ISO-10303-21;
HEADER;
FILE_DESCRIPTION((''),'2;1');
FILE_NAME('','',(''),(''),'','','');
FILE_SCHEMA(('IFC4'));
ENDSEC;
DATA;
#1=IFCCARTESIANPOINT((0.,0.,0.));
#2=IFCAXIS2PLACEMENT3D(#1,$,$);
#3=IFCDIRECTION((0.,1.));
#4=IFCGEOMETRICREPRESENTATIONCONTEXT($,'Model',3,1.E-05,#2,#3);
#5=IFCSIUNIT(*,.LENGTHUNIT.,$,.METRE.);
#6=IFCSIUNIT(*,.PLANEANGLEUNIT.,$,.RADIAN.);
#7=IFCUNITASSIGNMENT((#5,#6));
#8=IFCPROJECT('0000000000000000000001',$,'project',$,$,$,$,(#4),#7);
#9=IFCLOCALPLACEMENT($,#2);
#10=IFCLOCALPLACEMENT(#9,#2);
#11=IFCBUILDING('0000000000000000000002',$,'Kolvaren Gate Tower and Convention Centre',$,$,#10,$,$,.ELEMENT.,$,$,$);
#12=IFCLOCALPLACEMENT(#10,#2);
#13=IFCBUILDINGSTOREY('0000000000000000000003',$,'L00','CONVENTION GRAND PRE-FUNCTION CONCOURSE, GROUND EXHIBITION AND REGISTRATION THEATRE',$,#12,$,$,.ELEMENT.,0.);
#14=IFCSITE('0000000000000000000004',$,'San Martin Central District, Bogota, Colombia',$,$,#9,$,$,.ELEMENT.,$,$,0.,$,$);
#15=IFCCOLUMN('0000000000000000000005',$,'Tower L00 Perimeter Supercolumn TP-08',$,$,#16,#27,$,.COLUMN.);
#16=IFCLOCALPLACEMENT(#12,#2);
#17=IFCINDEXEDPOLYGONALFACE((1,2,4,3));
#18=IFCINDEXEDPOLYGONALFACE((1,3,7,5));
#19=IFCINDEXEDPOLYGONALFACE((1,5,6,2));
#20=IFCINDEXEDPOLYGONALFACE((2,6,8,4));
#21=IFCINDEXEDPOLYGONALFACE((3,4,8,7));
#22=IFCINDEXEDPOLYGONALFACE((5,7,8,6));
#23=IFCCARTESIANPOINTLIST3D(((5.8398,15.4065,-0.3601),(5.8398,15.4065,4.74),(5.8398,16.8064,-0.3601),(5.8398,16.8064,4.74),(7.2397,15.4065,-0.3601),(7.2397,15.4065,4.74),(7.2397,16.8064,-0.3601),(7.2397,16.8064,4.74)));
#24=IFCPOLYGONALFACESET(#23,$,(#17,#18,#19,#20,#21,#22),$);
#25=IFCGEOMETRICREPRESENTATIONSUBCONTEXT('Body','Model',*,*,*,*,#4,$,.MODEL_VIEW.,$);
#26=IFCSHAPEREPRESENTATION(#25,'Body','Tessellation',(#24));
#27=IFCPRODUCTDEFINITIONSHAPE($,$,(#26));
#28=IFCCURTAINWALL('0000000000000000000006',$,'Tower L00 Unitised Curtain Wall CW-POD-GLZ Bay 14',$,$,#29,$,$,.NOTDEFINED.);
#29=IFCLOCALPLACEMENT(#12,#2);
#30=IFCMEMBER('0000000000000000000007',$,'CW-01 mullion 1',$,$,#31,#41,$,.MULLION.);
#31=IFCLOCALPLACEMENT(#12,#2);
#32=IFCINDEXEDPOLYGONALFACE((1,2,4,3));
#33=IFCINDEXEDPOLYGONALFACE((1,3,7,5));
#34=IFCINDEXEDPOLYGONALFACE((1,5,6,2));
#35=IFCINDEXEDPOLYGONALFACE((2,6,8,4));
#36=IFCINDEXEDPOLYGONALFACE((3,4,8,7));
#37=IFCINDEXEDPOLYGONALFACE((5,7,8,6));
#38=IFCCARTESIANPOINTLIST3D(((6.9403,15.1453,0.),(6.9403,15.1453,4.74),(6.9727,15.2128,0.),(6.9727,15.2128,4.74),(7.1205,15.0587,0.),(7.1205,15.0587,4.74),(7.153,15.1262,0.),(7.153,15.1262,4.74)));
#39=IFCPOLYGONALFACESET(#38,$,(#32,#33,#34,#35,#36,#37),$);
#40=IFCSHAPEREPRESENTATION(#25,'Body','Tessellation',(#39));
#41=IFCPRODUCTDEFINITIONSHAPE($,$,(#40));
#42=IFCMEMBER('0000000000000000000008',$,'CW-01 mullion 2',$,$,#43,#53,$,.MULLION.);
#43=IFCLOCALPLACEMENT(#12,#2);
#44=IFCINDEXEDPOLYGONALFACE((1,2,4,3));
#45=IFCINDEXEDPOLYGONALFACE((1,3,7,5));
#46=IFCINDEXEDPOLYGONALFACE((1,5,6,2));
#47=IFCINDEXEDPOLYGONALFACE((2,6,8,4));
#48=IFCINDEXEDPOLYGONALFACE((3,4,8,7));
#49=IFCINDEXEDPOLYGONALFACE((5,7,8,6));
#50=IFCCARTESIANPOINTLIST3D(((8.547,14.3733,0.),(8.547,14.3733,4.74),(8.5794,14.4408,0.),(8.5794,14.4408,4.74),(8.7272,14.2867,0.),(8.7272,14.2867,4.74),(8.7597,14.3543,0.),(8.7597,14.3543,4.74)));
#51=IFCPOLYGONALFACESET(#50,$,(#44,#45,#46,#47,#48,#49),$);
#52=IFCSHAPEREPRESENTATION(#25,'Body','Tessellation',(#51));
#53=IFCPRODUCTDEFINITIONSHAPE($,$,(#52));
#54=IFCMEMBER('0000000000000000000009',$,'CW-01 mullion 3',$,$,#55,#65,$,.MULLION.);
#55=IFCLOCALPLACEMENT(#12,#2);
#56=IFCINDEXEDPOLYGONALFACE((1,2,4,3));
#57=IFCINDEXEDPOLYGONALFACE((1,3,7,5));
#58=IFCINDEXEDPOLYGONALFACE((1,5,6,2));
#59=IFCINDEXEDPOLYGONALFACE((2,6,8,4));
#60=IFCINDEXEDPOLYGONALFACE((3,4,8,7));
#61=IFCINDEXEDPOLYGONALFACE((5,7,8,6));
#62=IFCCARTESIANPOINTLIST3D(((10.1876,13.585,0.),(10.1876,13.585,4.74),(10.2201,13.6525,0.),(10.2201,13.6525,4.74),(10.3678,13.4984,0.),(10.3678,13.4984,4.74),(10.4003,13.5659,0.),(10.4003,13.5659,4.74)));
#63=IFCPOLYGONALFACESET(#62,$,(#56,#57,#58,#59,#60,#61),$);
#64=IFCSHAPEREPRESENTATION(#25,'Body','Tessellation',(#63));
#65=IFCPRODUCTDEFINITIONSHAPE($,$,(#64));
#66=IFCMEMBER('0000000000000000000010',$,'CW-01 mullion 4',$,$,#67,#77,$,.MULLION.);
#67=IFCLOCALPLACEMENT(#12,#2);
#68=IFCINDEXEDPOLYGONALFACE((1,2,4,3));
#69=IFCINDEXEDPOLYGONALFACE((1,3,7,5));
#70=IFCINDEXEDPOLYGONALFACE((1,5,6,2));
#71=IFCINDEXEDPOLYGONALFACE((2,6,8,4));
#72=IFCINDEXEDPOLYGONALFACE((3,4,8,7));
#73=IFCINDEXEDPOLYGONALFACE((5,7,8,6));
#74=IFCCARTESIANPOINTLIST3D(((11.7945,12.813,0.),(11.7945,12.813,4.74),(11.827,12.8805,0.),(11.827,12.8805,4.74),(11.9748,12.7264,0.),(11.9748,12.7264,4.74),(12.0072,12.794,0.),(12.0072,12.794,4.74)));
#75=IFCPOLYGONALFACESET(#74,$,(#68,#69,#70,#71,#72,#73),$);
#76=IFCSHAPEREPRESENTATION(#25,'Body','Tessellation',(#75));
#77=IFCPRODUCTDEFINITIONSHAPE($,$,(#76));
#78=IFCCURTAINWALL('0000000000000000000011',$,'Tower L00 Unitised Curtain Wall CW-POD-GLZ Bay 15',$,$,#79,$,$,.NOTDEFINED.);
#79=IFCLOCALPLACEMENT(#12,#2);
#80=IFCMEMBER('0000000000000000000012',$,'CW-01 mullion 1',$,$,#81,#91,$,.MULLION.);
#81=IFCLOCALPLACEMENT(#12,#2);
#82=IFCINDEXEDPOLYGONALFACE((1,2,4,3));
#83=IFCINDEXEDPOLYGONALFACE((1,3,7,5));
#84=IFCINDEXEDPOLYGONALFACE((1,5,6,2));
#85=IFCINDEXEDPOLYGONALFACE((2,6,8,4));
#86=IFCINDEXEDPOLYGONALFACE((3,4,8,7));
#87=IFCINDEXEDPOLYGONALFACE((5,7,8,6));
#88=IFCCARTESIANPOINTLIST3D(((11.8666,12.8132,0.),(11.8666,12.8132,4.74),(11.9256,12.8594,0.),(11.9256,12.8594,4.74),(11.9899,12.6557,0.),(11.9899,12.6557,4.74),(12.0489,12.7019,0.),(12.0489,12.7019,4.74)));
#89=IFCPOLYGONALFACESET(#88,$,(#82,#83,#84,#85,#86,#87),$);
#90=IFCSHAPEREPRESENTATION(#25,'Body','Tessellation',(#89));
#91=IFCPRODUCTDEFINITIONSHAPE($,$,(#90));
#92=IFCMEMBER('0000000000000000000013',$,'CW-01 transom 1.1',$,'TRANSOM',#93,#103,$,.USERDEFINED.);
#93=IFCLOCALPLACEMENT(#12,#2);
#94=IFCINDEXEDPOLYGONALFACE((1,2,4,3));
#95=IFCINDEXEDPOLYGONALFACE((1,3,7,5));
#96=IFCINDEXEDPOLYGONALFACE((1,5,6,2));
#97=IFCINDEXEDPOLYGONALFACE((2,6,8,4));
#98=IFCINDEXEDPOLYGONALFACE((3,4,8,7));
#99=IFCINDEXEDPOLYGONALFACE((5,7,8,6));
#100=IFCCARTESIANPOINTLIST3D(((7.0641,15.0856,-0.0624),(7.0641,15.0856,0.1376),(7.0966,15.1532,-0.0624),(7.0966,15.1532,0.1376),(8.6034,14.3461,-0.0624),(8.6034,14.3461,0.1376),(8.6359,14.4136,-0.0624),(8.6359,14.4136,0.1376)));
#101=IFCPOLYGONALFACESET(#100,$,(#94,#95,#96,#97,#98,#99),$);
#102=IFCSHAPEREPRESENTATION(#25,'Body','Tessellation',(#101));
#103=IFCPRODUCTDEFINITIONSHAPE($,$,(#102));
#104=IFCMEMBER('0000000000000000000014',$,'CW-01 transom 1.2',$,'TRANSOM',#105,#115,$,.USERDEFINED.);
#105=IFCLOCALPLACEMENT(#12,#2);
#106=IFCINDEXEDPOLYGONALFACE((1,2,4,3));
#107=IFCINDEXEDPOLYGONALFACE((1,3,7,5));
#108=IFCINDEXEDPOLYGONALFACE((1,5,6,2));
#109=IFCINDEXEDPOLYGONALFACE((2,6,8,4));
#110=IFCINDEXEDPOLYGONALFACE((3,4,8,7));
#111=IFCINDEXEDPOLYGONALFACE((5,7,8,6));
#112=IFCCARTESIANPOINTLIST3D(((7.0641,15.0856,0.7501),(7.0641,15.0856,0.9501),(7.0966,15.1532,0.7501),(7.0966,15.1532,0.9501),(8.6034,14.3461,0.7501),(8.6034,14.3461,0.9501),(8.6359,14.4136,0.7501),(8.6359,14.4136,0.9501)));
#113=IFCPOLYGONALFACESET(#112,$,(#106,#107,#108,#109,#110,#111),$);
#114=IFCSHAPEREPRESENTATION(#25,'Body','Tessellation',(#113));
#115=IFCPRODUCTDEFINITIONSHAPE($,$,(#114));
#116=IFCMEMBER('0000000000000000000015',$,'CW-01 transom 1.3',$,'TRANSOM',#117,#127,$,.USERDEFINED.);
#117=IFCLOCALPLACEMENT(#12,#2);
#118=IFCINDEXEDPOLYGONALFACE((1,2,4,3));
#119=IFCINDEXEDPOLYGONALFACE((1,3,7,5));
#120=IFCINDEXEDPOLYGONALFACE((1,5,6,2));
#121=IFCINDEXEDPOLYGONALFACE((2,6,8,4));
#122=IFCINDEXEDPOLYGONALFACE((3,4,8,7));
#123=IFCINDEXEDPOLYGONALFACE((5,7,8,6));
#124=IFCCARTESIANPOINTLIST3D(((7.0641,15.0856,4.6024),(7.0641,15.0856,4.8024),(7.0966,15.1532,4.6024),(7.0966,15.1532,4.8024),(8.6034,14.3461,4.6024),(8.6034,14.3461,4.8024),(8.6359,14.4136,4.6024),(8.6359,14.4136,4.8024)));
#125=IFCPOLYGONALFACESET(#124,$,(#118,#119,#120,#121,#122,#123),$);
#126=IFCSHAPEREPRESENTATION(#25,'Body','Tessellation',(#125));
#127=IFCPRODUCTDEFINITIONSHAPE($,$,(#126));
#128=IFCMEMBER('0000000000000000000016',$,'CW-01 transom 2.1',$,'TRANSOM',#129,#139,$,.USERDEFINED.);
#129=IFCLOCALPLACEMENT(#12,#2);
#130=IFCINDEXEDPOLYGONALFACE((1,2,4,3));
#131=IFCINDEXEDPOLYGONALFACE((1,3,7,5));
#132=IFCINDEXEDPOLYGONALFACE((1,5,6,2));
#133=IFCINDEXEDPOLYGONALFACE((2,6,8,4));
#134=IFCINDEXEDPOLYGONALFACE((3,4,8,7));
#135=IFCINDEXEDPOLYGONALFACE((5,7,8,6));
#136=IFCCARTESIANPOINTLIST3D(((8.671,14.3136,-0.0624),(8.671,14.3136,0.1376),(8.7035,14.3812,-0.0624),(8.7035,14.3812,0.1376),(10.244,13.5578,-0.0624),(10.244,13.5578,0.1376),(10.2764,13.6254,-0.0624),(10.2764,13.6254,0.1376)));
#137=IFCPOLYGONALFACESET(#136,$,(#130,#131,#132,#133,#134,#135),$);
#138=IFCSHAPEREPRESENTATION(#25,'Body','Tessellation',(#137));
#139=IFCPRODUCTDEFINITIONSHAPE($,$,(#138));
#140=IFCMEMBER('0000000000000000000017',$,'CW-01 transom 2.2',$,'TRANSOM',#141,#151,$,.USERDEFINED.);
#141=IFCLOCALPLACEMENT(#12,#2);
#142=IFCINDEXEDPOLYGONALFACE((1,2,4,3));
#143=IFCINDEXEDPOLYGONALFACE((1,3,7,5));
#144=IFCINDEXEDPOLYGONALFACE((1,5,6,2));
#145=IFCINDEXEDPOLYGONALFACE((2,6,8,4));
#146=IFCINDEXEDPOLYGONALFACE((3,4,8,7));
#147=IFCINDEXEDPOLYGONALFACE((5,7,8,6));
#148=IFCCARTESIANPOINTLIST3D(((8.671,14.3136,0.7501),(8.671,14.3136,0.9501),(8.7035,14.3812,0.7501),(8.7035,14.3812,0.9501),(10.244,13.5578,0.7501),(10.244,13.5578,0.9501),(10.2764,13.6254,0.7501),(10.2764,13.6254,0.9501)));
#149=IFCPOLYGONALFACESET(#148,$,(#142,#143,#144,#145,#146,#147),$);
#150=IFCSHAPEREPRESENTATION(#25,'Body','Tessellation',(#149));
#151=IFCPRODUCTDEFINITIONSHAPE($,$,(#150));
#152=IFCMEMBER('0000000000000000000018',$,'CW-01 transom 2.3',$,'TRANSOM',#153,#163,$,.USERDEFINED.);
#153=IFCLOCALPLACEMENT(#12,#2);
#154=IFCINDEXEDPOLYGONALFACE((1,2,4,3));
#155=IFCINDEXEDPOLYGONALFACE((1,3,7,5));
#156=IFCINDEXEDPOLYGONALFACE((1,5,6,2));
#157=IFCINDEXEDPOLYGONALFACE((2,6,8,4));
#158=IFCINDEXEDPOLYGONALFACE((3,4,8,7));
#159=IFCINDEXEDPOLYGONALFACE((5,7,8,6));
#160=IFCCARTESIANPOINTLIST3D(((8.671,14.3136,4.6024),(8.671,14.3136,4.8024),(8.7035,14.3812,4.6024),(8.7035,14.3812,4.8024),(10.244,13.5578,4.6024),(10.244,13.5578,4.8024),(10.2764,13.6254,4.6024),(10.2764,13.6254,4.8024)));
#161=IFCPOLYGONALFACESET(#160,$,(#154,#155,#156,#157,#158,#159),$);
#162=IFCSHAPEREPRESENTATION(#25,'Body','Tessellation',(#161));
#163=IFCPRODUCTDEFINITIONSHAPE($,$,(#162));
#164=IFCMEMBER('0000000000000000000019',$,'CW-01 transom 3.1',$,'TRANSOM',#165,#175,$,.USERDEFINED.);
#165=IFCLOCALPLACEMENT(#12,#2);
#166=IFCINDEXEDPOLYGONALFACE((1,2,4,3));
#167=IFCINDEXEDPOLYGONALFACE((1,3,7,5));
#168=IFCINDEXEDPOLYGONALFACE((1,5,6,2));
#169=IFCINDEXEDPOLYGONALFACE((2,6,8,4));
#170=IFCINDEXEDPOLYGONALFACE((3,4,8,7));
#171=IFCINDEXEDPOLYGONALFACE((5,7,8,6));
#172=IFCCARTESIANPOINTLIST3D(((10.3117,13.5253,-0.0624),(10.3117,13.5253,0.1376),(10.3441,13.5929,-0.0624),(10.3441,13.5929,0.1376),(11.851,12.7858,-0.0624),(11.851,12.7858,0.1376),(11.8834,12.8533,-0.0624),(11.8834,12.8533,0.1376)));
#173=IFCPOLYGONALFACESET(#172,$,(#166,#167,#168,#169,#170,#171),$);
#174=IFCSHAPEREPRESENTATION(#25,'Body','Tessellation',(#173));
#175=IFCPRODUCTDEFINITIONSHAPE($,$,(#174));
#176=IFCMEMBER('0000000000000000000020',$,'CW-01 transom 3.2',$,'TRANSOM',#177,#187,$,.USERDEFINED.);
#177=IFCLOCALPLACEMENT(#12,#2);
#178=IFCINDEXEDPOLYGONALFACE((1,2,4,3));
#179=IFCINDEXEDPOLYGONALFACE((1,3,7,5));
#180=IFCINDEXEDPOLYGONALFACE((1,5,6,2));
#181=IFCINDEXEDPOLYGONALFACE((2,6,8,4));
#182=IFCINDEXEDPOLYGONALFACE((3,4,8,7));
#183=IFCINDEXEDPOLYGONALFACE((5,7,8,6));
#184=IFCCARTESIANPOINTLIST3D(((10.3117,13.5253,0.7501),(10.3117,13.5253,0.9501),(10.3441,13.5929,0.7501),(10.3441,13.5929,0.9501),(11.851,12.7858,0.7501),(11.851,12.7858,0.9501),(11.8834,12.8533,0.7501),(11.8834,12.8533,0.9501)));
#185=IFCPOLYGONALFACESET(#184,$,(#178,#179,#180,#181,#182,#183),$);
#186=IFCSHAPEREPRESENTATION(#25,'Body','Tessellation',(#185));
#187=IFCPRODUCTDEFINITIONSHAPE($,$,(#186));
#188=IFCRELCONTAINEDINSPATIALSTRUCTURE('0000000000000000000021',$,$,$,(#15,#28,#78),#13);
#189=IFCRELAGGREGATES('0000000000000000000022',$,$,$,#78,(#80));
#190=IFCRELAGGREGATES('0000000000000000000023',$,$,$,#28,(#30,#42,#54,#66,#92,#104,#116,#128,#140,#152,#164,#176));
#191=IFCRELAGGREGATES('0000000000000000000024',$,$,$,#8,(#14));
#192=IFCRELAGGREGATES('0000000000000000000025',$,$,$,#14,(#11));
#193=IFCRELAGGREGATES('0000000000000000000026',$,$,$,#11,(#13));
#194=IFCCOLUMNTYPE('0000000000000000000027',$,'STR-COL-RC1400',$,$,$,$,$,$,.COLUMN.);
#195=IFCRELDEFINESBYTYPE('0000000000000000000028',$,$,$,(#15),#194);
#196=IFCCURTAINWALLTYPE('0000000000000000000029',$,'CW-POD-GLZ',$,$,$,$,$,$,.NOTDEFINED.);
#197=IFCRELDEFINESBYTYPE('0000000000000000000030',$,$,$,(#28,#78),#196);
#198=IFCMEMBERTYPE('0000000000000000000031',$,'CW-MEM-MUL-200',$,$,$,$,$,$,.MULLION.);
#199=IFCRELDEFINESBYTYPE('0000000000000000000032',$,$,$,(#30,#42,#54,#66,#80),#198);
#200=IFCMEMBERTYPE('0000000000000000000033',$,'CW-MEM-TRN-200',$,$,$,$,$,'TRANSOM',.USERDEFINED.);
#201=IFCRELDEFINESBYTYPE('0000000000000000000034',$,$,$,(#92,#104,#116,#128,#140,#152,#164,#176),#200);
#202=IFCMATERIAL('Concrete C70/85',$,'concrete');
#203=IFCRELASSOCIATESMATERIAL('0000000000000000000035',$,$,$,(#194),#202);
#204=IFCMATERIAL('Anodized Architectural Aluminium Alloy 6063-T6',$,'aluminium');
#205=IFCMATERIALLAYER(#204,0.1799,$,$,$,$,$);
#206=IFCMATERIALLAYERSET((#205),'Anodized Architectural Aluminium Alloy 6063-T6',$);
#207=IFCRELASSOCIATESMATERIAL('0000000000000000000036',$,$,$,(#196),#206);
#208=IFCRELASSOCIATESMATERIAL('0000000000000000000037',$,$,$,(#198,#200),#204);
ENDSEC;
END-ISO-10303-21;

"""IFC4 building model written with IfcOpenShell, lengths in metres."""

from ifc_helpers import new_model, si_unit, direction, frame, origin, origin_2d, place, context, subcontext, project, spatial, rectangle, extrude, material, layer, layer_set, material_profile, profile_set, type_object, element, aggregate, save


model = new_model("IFC4")

# Units and contexts
model_context = context("Model", 3, precision=1e-05, world=origin(), true_north=direction((0.0, 1.0)))
body_context = subcontext(model_context, "Body", "Model", "MODEL_VIEW")
ifc_project = project(units=[si_unit("LENGTHUNIT", "METRE"), si_unit("PLANEANGLEUNIT", "RADIAN")], contexts=[model_context])

# Site, building, storey
site_placement = place(None, origin())
site = spatial("IfcSite", under=ifc_project, at=site_placement, Name="San Martin Central District, Bogota, Colombia", CompositionType="ELEMENT", RefElevation=0.0)
building_placement = place(site_placement, origin())
building = spatial("IfcBuilding", under=site, at=building_placement, Name="Kolvaren Gate Tower and Convention Centre", CompositionType="ELEMENT")
storey_placement = place(building_placement, origin())
storey = spatial("IfcBuildingStorey", under=building, at=storey_placement, Name="L00", Description="CONVENTION GRAND PRE-FUNCTION CONCOURSE, GROUND EXHIBITION AND REGISTRATION THEATRE", CompositionType="ELEMENT", Elevation=0.0)

# Column
ifc_material_1 = material(Name="Concrete C70/85", Category="concrete")
ifc_material_profile_1 = material_profile(ifc_material_1, rectangle(XDim=1.3999, YDim=1.3999, at=origin_2d()), Name="RC-COL-1400X1400")
ifc_profile_set_1 = profile_set([ifc_material_profile_1], Name="Concrete C70/85")
column_type = type_object("IfcColumnType", Name="STR-COL-RC1400", PredefinedType="COLUMN", material=ifc_profile_set_1)
column_placement = place(storey_placement, frame((6.5398, 16.1064, -0.3601), z_axis=(0.0, 0.0, 1.0), x_axis=(1.0, 0.0, 0.0)))
element("IfcColumn", 1, at=column_placement, inside=storey, type_object=column_type, Name="Tower L00 Perimeter Supercolumn TP-08", PredefinedType="COLUMN", context=body_context, shape_type="SweptSolid", body=[
    extrude(rectangle(XDim=1.3999, YDim=1.3999, at=origin_2d()), origin(), (0.0, 0.0, 1.0), 5.1001),
])

# Curtain wall, members
ifc_material_2 = material(Name="Anodized Architectural Aluminium Alloy 6063-T6", Category="aluminium")
ifc_layer_1 = layer(ifc_material_2, 0.1799)
ifc_layer_set_1 = layer_set([ifc_layer_1], Name="Anodized Architectural Aluminium Alloy 6063-T6")
curtain_wall_type = type_object("IfcCurtainWallType", Name="CW-POD-GLZ", PredefinedType="NOTDEFINED", material=ifc_layer_set_1)
curtain_wall_1_placement = place(storey_placement, origin())
curtain_wall_1 = element("IfcCurtainWall", 2, at=curtain_wall_1_placement, inside=storey, type_object=curtain_wall_type, Name="Tower L00 Unitised Curtain Wall CW-POD-GLZ Bay 14", PredefinedType="NOTDEFINED")
ifc_material_profile_2 = material_profile(ifc_material_2, rectangle(XDim=0.075, YDim=0.2, at=origin_2d()), Name="CW-MEM-MUL-200")
ifc_profile_set_2 = profile_set([ifc_material_profile_2], Name="Anodized Architectural Aluminium Alloy 6063-T6")
member_type_1 = type_object("IfcMemberType", Name="CW-MEM-MUL-200", PredefinedType="MULLION", material=ifc_profile_set_2)
member_1_placement = place(storey_placement, frame((7.0466, 15.1357, 0.0), z_axis=(0.0, 0.0, 1.0), x_axis=(0.433057, 0.901367, 0.0)))
member_1 = element("IfcMember", 3, at=member_1_placement, type_object=member_type_1, Name="CW-01 mullion 1", PredefinedType="MULLION", context=body_context, shape_type="SweptSolid", body=[
    extrude(rectangle(XDim=0.075, YDim=0.2, at=origin_2d()), origin(), (0.0, 0.0, 1.0), 4.74),
])
member_2_placement = place(storey_placement, frame((8.6533, 14.3638, 0.0), z_axis=(0.0, 0.0, 1.0), x_axis=(0.433057, 0.901367, 0.0)))
member_2 = element("IfcMember", 4, at=member_2_placement, type_object=member_type_1, Name="CW-01 mullion 2", PredefinedType="MULLION", context=body_context, shape_type="SweptSolid", body=[
    extrude(rectangle(XDim=0.075, YDim=0.2, at=origin_2d()), origin(), (0.0, 0.0, 1.0), 4.74),
])
member_3_placement = place(storey_placement, frame((10.2939, 13.5754, 0.0), z_axis=(0.0, 0.0, 1.0), x_axis=(0.433057, 0.901367, 0.0)))
member_3 = element("IfcMember", 5, at=member_3_placement, type_object=member_type_1, Name="CW-01 mullion 3", PredefinedType="MULLION", context=body_context, shape_type="SweptSolid", body=[
    extrude(rectangle(XDim=0.075, YDim=0.2, at=origin_2d()), origin(), (0.0, 0.0, 1.0), 4.74),
])
member_4_placement = place(storey_placement, frame((11.9009, 12.8035, 0.0), z_axis=(0.0, 0.0, 1.0), x_axis=(0.433057, 0.901367, 0.0)))
member_4 = element("IfcMember", 6, at=member_4_placement, type_object=member_type_1, Name="CW-01 mullion 4", PredefinedType="MULLION", context=body_context, shape_type="SweptSolid", body=[
    extrude(rectangle(XDim=0.075, YDim=0.2, at=origin_2d()), origin(), (0.0, 0.0, 1.0), 4.74),
])

# Curtain wall, member
curtain_wall_2_placement = place(storey_placement, origin())
curtain_wall_2 = element("IfcCurtainWall", 7, at=curtain_wall_2_placement, inside=storey, type_object=curtain_wall_type, Name="Tower L00 Unitised Curtain Wall CW-POD-GLZ Bay 15", PredefinedType="NOTDEFINED")
member_5_placement = place(storey_placement, frame((11.9578, 12.7576, 0.0), z_axis=(0.0, 0.0, 1.0), x_axis=(0.787417, 0.616421, 0.0)))
member_5 = element("IfcMember", 8, at=member_5_placement, type_object=member_type_1, Name="CW-01 mullion 1", PredefinedType="MULLION", context=body_context, shape_type="SweptSolid", body=[
    extrude(rectangle(XDim=0.075, YDim=0.2, at=origin_2d()), origin(), (0.0, 0.0, 1.0), 4.74),
])
aggregate(curtain_wall_2, [member_5])

# Members
ifc_material_profile_3 = material_profile(ifc_material_2, rectangle(XDim=0.075, YDim=0.2, at=origin_2d()), Name="CW-MEM-TRN-200")
ifc_profile_set_3 = profile_set([ifc_material_profile_3], Name="Anodized Architectural Aluminium Alloy 6063-T6")
member_type_2 = type_object("IfcMemberType", Name="CW-MEM-TRN-200", ElementType="TRANSOM", PredefinedType="USERDEFINED", material=ifc_profile_set_3)
member_6_placement = place(storey_placement, frame((7.0803, 15.1194, 0.0376), z_axis=(0.901378, -0.433033, 0.0), x_axis=(0.433033, 0.901378, 0.0)))
member_6 = element("IfcMember", 9, at=member_6_placement, type_object=member_type_2, Name="CW-01 transom 1.1", ObjectType="TRANSOM", PredefinedType="USERDEFINED", context=body_context, shape_type="SweptSolid", body=[
    extrude(rectangle(XDim=0.075, YDim=0.2, at=origin_2d()), origin(), (0.0, 0.0, 1.0), 1.7078),
])
member_7_placement = place(storey_placement, frame((7.0803, 15.1194, 0.8501), z_axis=(0.901378, -0.433033, 0.0), x_axis=(0.433033, 0.901378, 0.0)))
member_7 = element("IfcMember", 10, at=member_7_placement, type_object=member_type_2, Name="CW-01 transom 1.2", ObjectType="TRANSOM", PredefinedType="USERDEFINED", context=body_context, shape_type="SweptSolid", body=[
    extrude(rectangle(XDim=0.075, YDim=0.2, at=origin_2d()), origin(), (0.0, 0.0, 1.0), 1.7078),
])
member_8_placement = place(storey_placement, frame((7.0803, 15.1194, 4.7024), z_axis=(0.901378, -0.433033, 0.0), x_axis=(0.433033, 0.901378, 0.0)))
member_8 = element("IfcMember", 11, at=member_8_placement, type_object=member_type_2, Name="CW-01 transom 1.3", ObjectType="TRANSOM", PredefinedType="USERDEFINED", context=body_context, shape_type="SweptSolid", body=[
    extrude(rectangle(XDim=0.075, YDim=0.2, at=origin_2d()), origin(), (0.0, 0.0, 1.0), 1.7078),
])
member_9_placement = place(storey_placement, frame((8.6873, 14.3474, 0.0376), z_axis=(0.90134, -0.433113, 0.0), x_axis=(0.433113, 0.90134, 0.0)))
member_9 = element("IfcMember", 12, at=member_9_placement, type_object=member_type_2, Name="CW-01 transom 2.1", ObjectType="TRANSOM", PredefinedType="USERDEFINED", context=body_context, shape_type="SweptSolid", body=[
    extrude(rectangle(XDim=0.075, YDim=0.2, at=origin_2d()), origin(), (0.0, 0.0, 1.0), 1.7451),
])
member_10_placement = place(storey_placement, frame((8.6873, 14.3474, 0.8501), z_axis=(0.90134, -0.433113, 0.0), x_axis=(0.433113, 0.90134, 0.0)))
member_10 = element("IfcMember", 13, at=member_10_placement, type_object=member_type_2, Name="CW-01 transom 2.2", ObjectType="TRANSOM", PredefinedType="USERDEFINED", context=body_context, shape_type="SweptSolid", body=[
    extrude(rectangle(XDim=0.075, YDim=0.2, at=origin_2d()), origin(), (0.0, 0.0, 1.0), 1.7451),
])
member_11_placement = place(storey_placement, frame((8.6873, 14.3474, 4.7024), z_axis=(0.90134, -0.433113, 0.0), x_axis=(0.433113, 0.90134, 0.0)))
member_11 = element("IfcMember", 14, at=member_11_placement, type_object=member_type_2, Name="CW-01 transom 2.3", ObjectType="TRANSOM", PredefinedType="USERDEFINED", context=body_context, shape_type="SweptSolid", body=[
    extrude(rectangle(XDim=0.075, YDim=0.2, at=origin_2d()), origin(), (0.0, 0.0, 1.0), 1.7451),
])
member_12_placement = place(storey_placement, frame((10.3279, 13.5591, 0.0376), z_axis=(0.901378, -0.433033, 0.0), x_axis=(0.433033, 0.901378, 0.0)))
member_12 = element("IfcMember", 15, at=member_12_placement, type_object=member_type_2, Name="CW-01 transom 3.1", ObjectType="TRANSOM", PredefinedType="USERDEFINED", context=body_context, shape_type="SweptSolid", body=[
    extrude(rectangle(XDim=0.075, YDim=0.2, at=origin_2d()), origin(), (0.0, 0.0, 1.0), 1.7078),
])
member_13_placement = place(storey_placement, frame((10.3279, 13.5591, 0.8501), z_axis=(0.901378, -0.433033, 0.0), x_axis=(0.433033, 0.901378, 0.0)))
member_13 = element("IfcMember", 16, at=member_13_placement, type_object=member_type_2, Name="CW-01 transom 3.2", ObjectType="TRANSOM", PredefinedType="USERDEFINED", context=body_context, shape_type="SweptSolid", body=[
    extrude(rectangle(XDim=0.075, YDim=0.2, at=origin_2d()), origin(), (0.0, 0.0, 1.0), 1.7078),
])

aggregate(curtain_wall_1, [member_1, member_2, member_3, member_4, member_6, member_7, member_8, member_9, member_10, member_11, member_12, member_13])

save(model, "model.ifc")
